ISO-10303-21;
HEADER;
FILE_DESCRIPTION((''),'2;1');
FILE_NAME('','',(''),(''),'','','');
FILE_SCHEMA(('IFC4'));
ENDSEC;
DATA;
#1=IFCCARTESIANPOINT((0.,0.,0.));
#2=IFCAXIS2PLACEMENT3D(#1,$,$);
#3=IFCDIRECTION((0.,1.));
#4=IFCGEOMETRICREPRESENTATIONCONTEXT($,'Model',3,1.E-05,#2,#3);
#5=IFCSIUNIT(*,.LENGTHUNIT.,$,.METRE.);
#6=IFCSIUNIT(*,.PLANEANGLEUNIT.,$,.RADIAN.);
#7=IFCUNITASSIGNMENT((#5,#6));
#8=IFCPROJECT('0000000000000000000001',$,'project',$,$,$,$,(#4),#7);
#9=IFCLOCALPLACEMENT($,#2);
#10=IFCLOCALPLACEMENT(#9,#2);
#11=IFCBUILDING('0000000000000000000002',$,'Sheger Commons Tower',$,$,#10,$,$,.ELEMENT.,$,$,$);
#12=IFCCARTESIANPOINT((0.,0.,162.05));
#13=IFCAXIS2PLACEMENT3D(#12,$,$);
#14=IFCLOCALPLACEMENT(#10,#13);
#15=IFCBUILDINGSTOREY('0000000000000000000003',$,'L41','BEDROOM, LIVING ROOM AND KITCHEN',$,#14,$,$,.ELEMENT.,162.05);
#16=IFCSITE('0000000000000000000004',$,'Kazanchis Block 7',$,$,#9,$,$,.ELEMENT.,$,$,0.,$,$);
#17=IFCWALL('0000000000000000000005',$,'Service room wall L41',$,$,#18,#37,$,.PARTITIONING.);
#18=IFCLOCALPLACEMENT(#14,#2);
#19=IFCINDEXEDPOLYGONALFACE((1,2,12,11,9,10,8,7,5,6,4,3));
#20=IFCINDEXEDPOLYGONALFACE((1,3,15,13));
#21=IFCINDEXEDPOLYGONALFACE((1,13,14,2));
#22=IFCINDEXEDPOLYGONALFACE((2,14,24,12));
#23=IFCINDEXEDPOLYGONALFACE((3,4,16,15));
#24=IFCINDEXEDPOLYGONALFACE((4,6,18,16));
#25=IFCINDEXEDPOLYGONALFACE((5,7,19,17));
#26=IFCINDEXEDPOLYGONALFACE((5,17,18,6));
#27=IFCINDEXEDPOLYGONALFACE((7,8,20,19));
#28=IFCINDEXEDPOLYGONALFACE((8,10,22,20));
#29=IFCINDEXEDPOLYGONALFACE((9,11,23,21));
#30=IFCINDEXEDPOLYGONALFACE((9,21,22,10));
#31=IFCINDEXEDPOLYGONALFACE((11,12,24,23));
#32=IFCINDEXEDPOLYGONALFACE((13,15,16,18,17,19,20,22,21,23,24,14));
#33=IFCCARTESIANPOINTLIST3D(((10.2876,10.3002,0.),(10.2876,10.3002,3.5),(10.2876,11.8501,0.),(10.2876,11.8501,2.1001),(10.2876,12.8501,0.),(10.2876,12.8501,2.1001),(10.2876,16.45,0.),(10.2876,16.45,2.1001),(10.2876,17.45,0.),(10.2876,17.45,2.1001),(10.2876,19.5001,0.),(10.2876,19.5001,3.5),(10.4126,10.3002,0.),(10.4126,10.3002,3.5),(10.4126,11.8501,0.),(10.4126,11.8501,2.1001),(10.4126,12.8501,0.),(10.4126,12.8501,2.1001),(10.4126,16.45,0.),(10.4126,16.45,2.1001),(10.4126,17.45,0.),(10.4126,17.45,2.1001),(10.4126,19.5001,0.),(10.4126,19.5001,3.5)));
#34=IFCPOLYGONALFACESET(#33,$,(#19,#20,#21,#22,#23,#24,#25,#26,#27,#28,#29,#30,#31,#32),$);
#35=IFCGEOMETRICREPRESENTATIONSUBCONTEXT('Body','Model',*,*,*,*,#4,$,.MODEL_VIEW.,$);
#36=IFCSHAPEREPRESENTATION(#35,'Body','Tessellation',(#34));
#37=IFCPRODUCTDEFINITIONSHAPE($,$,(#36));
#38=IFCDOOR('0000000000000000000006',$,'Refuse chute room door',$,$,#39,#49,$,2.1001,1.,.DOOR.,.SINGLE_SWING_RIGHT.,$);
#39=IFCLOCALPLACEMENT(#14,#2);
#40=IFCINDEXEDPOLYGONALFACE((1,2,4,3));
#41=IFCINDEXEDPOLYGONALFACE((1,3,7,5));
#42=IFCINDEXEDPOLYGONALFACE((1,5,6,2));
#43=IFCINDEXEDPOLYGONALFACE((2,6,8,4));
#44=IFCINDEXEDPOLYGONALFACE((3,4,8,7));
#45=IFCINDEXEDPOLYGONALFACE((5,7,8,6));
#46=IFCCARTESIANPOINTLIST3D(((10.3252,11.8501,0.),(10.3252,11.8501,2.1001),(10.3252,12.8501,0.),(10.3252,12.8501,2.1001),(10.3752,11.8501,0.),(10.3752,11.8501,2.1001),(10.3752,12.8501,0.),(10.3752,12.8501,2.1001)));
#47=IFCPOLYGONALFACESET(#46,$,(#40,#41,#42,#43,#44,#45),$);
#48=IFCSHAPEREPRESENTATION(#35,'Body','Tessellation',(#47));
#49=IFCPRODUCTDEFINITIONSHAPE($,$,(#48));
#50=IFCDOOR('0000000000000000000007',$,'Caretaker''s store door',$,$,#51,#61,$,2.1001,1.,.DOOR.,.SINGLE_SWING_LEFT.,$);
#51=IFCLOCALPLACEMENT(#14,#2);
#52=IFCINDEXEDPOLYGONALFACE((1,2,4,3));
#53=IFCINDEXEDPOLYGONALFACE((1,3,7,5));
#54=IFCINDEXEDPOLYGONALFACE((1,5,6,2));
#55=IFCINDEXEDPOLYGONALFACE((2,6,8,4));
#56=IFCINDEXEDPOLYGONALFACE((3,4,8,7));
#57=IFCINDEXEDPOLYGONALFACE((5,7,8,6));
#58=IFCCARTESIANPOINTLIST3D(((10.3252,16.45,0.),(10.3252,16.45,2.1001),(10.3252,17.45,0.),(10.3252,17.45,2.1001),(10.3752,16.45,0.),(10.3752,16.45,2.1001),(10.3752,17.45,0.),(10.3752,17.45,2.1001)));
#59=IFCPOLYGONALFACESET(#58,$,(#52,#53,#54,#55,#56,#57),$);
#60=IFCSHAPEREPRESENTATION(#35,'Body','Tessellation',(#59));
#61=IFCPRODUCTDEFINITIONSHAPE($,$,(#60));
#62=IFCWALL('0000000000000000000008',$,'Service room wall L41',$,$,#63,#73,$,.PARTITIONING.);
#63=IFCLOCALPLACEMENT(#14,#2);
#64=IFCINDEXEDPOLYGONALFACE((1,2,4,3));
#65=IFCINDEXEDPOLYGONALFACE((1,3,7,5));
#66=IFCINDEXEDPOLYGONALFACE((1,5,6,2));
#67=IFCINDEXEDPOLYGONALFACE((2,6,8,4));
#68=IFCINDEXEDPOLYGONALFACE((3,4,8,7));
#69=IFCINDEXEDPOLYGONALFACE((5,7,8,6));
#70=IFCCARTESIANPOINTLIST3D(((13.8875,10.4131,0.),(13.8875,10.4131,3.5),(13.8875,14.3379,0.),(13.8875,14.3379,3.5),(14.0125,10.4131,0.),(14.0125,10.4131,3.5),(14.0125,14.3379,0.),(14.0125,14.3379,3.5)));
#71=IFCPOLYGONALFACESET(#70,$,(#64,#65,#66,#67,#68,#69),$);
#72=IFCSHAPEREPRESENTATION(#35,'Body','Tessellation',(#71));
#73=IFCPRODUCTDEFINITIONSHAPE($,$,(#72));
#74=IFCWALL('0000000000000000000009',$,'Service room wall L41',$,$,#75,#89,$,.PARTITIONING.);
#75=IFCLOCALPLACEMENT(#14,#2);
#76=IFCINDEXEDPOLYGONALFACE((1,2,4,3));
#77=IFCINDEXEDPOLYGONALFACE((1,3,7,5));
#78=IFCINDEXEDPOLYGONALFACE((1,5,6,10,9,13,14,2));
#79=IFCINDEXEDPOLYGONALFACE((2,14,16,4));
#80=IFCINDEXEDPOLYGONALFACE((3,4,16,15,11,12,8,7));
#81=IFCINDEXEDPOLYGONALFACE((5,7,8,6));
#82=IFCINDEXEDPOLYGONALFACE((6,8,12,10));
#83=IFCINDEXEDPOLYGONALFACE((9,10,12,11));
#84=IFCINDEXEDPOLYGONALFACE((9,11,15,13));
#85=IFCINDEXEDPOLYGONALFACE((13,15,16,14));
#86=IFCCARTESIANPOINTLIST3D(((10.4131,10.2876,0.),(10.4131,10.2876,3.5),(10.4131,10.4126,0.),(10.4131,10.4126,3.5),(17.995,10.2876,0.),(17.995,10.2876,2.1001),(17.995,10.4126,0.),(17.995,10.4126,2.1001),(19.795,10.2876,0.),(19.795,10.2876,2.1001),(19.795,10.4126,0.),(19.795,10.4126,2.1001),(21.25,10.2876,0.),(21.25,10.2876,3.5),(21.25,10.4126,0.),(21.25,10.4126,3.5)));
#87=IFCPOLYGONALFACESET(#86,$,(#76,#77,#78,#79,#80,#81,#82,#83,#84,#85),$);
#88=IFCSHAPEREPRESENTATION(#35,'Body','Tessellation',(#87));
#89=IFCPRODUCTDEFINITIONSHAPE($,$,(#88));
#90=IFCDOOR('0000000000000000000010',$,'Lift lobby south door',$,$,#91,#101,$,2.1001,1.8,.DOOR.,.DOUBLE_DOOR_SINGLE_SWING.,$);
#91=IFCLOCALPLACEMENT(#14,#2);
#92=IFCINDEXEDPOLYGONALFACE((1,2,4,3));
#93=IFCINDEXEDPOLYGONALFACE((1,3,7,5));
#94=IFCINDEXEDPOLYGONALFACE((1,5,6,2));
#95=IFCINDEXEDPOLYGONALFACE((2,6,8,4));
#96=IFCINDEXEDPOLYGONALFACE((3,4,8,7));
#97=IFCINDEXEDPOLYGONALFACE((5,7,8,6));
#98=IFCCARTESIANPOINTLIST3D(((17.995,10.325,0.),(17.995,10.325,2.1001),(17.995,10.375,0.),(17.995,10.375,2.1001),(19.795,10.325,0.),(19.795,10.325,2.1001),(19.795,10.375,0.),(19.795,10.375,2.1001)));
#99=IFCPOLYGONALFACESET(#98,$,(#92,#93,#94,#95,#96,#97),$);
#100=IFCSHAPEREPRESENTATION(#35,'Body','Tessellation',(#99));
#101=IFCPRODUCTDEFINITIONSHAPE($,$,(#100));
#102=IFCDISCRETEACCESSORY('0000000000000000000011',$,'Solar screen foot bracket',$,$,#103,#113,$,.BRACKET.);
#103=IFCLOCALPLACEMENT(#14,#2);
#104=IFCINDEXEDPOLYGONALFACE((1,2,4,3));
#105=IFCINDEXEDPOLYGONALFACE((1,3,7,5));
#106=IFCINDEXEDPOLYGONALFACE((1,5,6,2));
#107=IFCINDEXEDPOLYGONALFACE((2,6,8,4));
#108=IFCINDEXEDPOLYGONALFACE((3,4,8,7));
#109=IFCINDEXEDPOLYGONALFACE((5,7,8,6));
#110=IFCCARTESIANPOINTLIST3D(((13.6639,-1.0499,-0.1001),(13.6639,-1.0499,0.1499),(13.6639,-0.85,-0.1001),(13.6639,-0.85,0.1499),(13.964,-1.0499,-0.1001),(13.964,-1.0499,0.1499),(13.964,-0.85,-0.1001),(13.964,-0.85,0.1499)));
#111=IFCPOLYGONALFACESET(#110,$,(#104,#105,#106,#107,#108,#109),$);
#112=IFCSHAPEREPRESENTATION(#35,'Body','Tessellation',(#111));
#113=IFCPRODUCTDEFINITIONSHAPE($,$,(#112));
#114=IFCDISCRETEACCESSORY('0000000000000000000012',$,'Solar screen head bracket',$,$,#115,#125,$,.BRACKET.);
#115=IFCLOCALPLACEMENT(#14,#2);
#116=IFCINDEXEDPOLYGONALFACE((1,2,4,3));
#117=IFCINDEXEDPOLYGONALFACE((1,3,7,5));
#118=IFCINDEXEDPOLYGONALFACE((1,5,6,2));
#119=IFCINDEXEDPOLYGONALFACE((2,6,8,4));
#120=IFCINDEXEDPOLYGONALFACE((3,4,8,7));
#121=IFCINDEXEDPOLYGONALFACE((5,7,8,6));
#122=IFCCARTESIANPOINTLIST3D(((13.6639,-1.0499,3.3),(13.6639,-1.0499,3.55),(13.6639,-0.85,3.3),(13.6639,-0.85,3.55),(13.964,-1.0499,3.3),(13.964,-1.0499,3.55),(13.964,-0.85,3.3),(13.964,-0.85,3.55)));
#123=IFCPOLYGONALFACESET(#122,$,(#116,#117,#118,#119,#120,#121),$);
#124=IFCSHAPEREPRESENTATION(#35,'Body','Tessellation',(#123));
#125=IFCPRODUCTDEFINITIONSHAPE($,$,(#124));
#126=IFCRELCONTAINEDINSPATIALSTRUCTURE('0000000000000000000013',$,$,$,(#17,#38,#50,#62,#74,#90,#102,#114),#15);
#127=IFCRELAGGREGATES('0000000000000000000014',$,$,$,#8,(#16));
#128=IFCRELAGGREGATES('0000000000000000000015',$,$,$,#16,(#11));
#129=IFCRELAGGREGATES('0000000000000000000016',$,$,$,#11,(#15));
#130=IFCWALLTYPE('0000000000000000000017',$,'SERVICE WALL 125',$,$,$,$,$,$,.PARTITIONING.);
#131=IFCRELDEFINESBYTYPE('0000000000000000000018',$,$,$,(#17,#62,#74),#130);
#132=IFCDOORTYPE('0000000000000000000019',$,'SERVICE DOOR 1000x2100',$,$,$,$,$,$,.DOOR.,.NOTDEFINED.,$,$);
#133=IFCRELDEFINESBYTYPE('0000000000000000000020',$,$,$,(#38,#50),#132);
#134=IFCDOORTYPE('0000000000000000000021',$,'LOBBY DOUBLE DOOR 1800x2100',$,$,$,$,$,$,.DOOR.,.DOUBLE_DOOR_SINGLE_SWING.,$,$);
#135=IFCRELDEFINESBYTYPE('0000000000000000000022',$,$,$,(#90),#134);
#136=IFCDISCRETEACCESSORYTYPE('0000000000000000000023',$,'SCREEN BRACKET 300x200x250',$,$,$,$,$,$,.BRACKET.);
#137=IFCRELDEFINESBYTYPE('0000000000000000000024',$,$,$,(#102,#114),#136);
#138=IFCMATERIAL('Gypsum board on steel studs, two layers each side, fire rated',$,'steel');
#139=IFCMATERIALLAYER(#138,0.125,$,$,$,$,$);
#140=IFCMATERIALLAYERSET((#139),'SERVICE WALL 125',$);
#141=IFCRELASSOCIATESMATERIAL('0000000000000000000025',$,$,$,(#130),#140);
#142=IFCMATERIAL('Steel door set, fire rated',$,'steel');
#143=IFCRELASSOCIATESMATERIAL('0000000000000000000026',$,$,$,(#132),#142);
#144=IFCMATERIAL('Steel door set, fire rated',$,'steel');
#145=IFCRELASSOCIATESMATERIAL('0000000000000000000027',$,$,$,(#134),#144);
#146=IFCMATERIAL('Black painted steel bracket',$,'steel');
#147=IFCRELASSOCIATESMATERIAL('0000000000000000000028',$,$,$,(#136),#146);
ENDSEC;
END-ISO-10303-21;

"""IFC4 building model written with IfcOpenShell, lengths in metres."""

from ifc_helpers import new_model, si_unit, direction, frame, frame_2d, origin, origin_2d, place, context, subcontext, project, spatial, rectangle, extrude, material, layer, layer_set, type_object, element, fill, save


model = new_model("IFC4")

# Units and contexts
model_context = context("Model", 3, precision=1e-05, world=origin(), true_north=direction((0.0, 1.0)))
body_context = subcontext(model_context, "Body", "Model", "MODEL_VIEW")
ifc_project = project(units=[si_unit("LENGTHUNIT", "METRE"), si_unit("PLANEANGLEUNIT", "RADIAN")], contexts=[model_context])

# Site, building, storey
site_placement = place(None, origin())
site = spatial("IfcSite", under=ifc_project, at=site_placement, Name="Kazanchis Block 7", CompositionType="ELEMENT", RefElevation=0.0)
building_placement = place(site_placement, origin())
building = spatial("IfcBuilding", under=site, at=building_placement, Name="Sheger Commons Tower", CompositionType="ELEMENT")
storey_placement = place(building_placement, frame((0.0, 0.0, 162.05)))
storey = spatial("IfcBuildingStorey", under=building, at=storey_placement, Name="L41", Description="BEDROOM, LIVING ROOM AND KITCHEN", CompositionType="ELEMENT", Elevation=162.05)

# Wall, openings, doors
ifc_material_1 = material(Name="Gypsum board on steel studs, two layers each side, fire rated", Category="steel")
ifc_layer_1 = layer(ifc_material_1, 0.125)
ifc_layer_set_1 = layer_set([ifc_layer_1], Name="SERVICE WALL 125")
wall_type_1 = type_object("IfcWallType", Name="SERVICE WALL 125", PredefinedType="PARTITIONING", material=ifc_layer_set_1)
wall_1_placement = place(storey_placement, frame((10.3501, 10.3, 0.0), z_axis=(0.0, 0.0, 1.0), x_axis=(0.0, 1.0, 0.0)))
wall_1 = element("IfcWall", 1, at=wall_1_placement, inside=storey, type_object=wall_type_1, Name="Service room wall L41", PredefinedType="PARTITIONING", context=body_context, shape_type="SweptSolid", body=[
    extrude(rectangle(XDim=9.2, YDim=0.125, at=frame_2d((4.6001, 0.0))), origin(), (0.0, 0.0, 1.0), 3.5),
])
opening_1_placement = place(wall_1_placement, frame((1.55, 0.0, 0.0)))
opening_1 = element("IfcOpeningElement", 2, at=opening_1_placement, cuts=wall_1, PredefinedType="OPENING", context=body_context, shape_type="SweptSolid", body=[
    extrude(rectangle(XDim=1.0, YDim=2.1001, at=frame_2d((0.5, 1.05))), frame((0.0, 0.0725, 0.0), z_axis=(0.0, -1.0, 0.0), x_axis=(1.0, 0.0, 0.0)), (0.0, 0.0, 1.0), 0.145),
])
opening_2_placement = place(wall_1_placement, frame((6.1499, 0.0, 0.0)))
opening_2 = element("IfcOpeningElement", 3, at=opening_2_placement, cuts=wall_1, PredefinedType="OPENING", context=body_context, shape_type="SweptSolid", body=[
    extrude(rectangle(XDim=1.0, YDim=2.1001, at=frame_2d((0.5, 1.05))), frame((0.0, 0.0725, 0.0), z_axis=(0.0, -1.0, 0.0), x_axis=(1.0, 0.0, 0.0)), (0.0, 0.0, 1.0), 0.145),
])
ifc_material_2 = material(Name="Steel door set, fire rated", Category="steel")
door_type_1 = type_object("IfcDoorType", Name="SERVICE DOOR 1000x2100", OperationType="NOTDEFINED", PredefinedType="DOOR", material=ifc_material_2)
door_1_placement = place(opening_1_placement, origin())
door_1 = element("IfcDoor", 4, at=door_1_placement, inside=storey, type_object=door_type_1, Name="Refuse chute room door", OperationType="SINGLE_SWING_RIGHT", OverallHeight=2.1001, OverallWidth=1.0, PredefinedType="DOOR", context=body_context, shape_type="SweptSolid", body=[
    extrude(rectangle(XDim=1.0, YDim=2.1001, at=frame_2d((0.5, 1.05))), frame((0.0, 0.0249, 0.0), z_axis=(0.0, -1.0, 0.0), x_axis=(1.0, 0.0, 0.0)), (0.0, 0.0, 1.0), 0.05),
])
fill(opening_1, door_1)
door_2_placement = place(opening_2_placement, origin())
door_2 = element("IfcDoor", 5, at=door_2_placement, inside=storey, type_object=door_type_1, Name="Caretaker's store door", OperationType="SINGLE_SWING_LEFT", OverallHeight=2.1001, OverallWidth=1.0, PredefinedType="DOOR", context=body_context, shape_type="SweptSolid", body=[
    extrude(rectangle(XDim=1.0, YDim=2.1001, at=frame_2d((0.5, 1.05))), frame((0.0, 0.0249, 0.0), z_axis=(0.0, -1.0, 0.0), x_axis=(1.0, 0.0, 0.0)), (0.0, 0.0, 1.0), 0.05),
])
fill(opening_2, door_2)

# Wall
wall_2_placement = place(storey_placement, frame((13.95, 10.4131, 0.0), z_axis=(0.0, 0.0, 1.0), x_axis=(0.0, 1.0, 0.0)))
element("IfcWall", 6, at=wall_2_placement, inside=storey, type_object=wall_type_1, Name="Service room wall L41", PredefinedType="PARTITIONING", context=body_context, shape_type="SweptSolid", body=[
    extrude(rectangle(XDim=3.9248, YDim=0.125, at=frame_2d((1.9624, 0.0))), origin(), (0.0, 0.0, 1.0), 3.5),
])

# Wall, opening, door
wall_3_placement = place(storey_placement, frame((10.4131, 10.3501, 0.0), z_axis=(0.0, 0.0, 1.0), x_axis=(1.0, 0.0, 0.0)))
wall_3 = element("IfcWall", 7, at=wall_3_placement, inside=storey, type_object=wall_type_1, Name="Service room wall L41", PredefinedType="PARTITIONING", context=body_context, shape_type="SweptSolid", body=[
    extrude(rectangle(XDim=10.8369, YDim=0.125, at=frame_2d((5.4185, 0.0))), origin(), (0.0, 0.0, 1.0), 3.5),
])
opening_3_placement = place(wall_3_placement, frame((7.582, 0.0, 0.0)))
opening_3 = element("IfcOpeningElement", 8, at=opening_3_placement, cuts=wall_3, PredefinedType="OPENING", context=body_context, shape_type="SweptSolid", body=[
    extrude(rectangle(XDim=1.8, YDim=2.1001, at=frame_2d((0.8999, 1.05))), frame((0.0, 0.0725, 0.0), z_axis=(0.0, -1.0, 0.0), x_axis=(1.0, 0.0, 0.0)), (0.0, 0.0, 1.0), 0.145),
])
ifc_material_3 = material(Name="Steel door set, fire rated", Category="steel")
door_type_2 = type_object("IfcDoorType", Name="LOBBY DOUBLE DOOR 1800x2100", OperationType="DOUBLE_DOOR_SINGLE_SWING", PredefinedType="DOOR", material=ifc_material_3)
door_3_placement = place(opening_3_placement, origin())
door_3 = element("IfcDoor", 9, at=door_3_placement, inside=storey, type_object=door_type_2, Name="Lift lobby south door", OperationType="DOUBLE_DOOR_SINGLE_SWING", OverallHeight=2.1001, OverallWidth=1.8, PredefinedType="DOOR", context=body_context, shape_type="SweptSolid", body=[
    extrude(rectangle(XDim=1.8, YDim=2.1001, at=frame_2d((0.8999, 1.05))), frame((0.0, 0.0249, 0.0), z_axis=(0.0, -1.0, 0.0), x_axis=(1.0, 0.0, 0.0)), (0.0, 0.0, 1.0), 0.05),
])
fill(opening_3, door_3)

# Discrete accessories
ifc_material_4 = material(Name="Black painted steel bracket", Category="steel")
discrete_accessory_type = type_object("IfcDiscreteAccessoryType", Name="SCREEN BRACKET 300x200x250", PredefinedType="BRACKET", material=ifc_material_4)
for number, where, z_axis, x_axis, name in (
    (10, (13.814, -0.95, -0.1001), (0.0, 0.0, 1.0), (1.0, 0.0, 0.0), "Solar screen foot bracket"),
    (11, (13.814, -0.95, 3.3), (0.0, 0.0, 1.0), (1.0, 0.0, 0.0), "Solar screen head bracket"),
):
    element("IfcDiscreteAccessory", number, at=place(storey_placement, frame(where, z_axis=z_axis, x_axis=x_axis)), inside=storey, type_object=discrete_accessory_type, Name=name, PredefinedType="BRACKET", context=body_context, shape_type="SweptSolid", body=[
        extrude(rectangle(XDim=0.3, YDim=0.2, at=origin_2d()), origin(), (0.0, 0.0, 1.0), 0.25),
    ])

save(model, "model.ifc")
